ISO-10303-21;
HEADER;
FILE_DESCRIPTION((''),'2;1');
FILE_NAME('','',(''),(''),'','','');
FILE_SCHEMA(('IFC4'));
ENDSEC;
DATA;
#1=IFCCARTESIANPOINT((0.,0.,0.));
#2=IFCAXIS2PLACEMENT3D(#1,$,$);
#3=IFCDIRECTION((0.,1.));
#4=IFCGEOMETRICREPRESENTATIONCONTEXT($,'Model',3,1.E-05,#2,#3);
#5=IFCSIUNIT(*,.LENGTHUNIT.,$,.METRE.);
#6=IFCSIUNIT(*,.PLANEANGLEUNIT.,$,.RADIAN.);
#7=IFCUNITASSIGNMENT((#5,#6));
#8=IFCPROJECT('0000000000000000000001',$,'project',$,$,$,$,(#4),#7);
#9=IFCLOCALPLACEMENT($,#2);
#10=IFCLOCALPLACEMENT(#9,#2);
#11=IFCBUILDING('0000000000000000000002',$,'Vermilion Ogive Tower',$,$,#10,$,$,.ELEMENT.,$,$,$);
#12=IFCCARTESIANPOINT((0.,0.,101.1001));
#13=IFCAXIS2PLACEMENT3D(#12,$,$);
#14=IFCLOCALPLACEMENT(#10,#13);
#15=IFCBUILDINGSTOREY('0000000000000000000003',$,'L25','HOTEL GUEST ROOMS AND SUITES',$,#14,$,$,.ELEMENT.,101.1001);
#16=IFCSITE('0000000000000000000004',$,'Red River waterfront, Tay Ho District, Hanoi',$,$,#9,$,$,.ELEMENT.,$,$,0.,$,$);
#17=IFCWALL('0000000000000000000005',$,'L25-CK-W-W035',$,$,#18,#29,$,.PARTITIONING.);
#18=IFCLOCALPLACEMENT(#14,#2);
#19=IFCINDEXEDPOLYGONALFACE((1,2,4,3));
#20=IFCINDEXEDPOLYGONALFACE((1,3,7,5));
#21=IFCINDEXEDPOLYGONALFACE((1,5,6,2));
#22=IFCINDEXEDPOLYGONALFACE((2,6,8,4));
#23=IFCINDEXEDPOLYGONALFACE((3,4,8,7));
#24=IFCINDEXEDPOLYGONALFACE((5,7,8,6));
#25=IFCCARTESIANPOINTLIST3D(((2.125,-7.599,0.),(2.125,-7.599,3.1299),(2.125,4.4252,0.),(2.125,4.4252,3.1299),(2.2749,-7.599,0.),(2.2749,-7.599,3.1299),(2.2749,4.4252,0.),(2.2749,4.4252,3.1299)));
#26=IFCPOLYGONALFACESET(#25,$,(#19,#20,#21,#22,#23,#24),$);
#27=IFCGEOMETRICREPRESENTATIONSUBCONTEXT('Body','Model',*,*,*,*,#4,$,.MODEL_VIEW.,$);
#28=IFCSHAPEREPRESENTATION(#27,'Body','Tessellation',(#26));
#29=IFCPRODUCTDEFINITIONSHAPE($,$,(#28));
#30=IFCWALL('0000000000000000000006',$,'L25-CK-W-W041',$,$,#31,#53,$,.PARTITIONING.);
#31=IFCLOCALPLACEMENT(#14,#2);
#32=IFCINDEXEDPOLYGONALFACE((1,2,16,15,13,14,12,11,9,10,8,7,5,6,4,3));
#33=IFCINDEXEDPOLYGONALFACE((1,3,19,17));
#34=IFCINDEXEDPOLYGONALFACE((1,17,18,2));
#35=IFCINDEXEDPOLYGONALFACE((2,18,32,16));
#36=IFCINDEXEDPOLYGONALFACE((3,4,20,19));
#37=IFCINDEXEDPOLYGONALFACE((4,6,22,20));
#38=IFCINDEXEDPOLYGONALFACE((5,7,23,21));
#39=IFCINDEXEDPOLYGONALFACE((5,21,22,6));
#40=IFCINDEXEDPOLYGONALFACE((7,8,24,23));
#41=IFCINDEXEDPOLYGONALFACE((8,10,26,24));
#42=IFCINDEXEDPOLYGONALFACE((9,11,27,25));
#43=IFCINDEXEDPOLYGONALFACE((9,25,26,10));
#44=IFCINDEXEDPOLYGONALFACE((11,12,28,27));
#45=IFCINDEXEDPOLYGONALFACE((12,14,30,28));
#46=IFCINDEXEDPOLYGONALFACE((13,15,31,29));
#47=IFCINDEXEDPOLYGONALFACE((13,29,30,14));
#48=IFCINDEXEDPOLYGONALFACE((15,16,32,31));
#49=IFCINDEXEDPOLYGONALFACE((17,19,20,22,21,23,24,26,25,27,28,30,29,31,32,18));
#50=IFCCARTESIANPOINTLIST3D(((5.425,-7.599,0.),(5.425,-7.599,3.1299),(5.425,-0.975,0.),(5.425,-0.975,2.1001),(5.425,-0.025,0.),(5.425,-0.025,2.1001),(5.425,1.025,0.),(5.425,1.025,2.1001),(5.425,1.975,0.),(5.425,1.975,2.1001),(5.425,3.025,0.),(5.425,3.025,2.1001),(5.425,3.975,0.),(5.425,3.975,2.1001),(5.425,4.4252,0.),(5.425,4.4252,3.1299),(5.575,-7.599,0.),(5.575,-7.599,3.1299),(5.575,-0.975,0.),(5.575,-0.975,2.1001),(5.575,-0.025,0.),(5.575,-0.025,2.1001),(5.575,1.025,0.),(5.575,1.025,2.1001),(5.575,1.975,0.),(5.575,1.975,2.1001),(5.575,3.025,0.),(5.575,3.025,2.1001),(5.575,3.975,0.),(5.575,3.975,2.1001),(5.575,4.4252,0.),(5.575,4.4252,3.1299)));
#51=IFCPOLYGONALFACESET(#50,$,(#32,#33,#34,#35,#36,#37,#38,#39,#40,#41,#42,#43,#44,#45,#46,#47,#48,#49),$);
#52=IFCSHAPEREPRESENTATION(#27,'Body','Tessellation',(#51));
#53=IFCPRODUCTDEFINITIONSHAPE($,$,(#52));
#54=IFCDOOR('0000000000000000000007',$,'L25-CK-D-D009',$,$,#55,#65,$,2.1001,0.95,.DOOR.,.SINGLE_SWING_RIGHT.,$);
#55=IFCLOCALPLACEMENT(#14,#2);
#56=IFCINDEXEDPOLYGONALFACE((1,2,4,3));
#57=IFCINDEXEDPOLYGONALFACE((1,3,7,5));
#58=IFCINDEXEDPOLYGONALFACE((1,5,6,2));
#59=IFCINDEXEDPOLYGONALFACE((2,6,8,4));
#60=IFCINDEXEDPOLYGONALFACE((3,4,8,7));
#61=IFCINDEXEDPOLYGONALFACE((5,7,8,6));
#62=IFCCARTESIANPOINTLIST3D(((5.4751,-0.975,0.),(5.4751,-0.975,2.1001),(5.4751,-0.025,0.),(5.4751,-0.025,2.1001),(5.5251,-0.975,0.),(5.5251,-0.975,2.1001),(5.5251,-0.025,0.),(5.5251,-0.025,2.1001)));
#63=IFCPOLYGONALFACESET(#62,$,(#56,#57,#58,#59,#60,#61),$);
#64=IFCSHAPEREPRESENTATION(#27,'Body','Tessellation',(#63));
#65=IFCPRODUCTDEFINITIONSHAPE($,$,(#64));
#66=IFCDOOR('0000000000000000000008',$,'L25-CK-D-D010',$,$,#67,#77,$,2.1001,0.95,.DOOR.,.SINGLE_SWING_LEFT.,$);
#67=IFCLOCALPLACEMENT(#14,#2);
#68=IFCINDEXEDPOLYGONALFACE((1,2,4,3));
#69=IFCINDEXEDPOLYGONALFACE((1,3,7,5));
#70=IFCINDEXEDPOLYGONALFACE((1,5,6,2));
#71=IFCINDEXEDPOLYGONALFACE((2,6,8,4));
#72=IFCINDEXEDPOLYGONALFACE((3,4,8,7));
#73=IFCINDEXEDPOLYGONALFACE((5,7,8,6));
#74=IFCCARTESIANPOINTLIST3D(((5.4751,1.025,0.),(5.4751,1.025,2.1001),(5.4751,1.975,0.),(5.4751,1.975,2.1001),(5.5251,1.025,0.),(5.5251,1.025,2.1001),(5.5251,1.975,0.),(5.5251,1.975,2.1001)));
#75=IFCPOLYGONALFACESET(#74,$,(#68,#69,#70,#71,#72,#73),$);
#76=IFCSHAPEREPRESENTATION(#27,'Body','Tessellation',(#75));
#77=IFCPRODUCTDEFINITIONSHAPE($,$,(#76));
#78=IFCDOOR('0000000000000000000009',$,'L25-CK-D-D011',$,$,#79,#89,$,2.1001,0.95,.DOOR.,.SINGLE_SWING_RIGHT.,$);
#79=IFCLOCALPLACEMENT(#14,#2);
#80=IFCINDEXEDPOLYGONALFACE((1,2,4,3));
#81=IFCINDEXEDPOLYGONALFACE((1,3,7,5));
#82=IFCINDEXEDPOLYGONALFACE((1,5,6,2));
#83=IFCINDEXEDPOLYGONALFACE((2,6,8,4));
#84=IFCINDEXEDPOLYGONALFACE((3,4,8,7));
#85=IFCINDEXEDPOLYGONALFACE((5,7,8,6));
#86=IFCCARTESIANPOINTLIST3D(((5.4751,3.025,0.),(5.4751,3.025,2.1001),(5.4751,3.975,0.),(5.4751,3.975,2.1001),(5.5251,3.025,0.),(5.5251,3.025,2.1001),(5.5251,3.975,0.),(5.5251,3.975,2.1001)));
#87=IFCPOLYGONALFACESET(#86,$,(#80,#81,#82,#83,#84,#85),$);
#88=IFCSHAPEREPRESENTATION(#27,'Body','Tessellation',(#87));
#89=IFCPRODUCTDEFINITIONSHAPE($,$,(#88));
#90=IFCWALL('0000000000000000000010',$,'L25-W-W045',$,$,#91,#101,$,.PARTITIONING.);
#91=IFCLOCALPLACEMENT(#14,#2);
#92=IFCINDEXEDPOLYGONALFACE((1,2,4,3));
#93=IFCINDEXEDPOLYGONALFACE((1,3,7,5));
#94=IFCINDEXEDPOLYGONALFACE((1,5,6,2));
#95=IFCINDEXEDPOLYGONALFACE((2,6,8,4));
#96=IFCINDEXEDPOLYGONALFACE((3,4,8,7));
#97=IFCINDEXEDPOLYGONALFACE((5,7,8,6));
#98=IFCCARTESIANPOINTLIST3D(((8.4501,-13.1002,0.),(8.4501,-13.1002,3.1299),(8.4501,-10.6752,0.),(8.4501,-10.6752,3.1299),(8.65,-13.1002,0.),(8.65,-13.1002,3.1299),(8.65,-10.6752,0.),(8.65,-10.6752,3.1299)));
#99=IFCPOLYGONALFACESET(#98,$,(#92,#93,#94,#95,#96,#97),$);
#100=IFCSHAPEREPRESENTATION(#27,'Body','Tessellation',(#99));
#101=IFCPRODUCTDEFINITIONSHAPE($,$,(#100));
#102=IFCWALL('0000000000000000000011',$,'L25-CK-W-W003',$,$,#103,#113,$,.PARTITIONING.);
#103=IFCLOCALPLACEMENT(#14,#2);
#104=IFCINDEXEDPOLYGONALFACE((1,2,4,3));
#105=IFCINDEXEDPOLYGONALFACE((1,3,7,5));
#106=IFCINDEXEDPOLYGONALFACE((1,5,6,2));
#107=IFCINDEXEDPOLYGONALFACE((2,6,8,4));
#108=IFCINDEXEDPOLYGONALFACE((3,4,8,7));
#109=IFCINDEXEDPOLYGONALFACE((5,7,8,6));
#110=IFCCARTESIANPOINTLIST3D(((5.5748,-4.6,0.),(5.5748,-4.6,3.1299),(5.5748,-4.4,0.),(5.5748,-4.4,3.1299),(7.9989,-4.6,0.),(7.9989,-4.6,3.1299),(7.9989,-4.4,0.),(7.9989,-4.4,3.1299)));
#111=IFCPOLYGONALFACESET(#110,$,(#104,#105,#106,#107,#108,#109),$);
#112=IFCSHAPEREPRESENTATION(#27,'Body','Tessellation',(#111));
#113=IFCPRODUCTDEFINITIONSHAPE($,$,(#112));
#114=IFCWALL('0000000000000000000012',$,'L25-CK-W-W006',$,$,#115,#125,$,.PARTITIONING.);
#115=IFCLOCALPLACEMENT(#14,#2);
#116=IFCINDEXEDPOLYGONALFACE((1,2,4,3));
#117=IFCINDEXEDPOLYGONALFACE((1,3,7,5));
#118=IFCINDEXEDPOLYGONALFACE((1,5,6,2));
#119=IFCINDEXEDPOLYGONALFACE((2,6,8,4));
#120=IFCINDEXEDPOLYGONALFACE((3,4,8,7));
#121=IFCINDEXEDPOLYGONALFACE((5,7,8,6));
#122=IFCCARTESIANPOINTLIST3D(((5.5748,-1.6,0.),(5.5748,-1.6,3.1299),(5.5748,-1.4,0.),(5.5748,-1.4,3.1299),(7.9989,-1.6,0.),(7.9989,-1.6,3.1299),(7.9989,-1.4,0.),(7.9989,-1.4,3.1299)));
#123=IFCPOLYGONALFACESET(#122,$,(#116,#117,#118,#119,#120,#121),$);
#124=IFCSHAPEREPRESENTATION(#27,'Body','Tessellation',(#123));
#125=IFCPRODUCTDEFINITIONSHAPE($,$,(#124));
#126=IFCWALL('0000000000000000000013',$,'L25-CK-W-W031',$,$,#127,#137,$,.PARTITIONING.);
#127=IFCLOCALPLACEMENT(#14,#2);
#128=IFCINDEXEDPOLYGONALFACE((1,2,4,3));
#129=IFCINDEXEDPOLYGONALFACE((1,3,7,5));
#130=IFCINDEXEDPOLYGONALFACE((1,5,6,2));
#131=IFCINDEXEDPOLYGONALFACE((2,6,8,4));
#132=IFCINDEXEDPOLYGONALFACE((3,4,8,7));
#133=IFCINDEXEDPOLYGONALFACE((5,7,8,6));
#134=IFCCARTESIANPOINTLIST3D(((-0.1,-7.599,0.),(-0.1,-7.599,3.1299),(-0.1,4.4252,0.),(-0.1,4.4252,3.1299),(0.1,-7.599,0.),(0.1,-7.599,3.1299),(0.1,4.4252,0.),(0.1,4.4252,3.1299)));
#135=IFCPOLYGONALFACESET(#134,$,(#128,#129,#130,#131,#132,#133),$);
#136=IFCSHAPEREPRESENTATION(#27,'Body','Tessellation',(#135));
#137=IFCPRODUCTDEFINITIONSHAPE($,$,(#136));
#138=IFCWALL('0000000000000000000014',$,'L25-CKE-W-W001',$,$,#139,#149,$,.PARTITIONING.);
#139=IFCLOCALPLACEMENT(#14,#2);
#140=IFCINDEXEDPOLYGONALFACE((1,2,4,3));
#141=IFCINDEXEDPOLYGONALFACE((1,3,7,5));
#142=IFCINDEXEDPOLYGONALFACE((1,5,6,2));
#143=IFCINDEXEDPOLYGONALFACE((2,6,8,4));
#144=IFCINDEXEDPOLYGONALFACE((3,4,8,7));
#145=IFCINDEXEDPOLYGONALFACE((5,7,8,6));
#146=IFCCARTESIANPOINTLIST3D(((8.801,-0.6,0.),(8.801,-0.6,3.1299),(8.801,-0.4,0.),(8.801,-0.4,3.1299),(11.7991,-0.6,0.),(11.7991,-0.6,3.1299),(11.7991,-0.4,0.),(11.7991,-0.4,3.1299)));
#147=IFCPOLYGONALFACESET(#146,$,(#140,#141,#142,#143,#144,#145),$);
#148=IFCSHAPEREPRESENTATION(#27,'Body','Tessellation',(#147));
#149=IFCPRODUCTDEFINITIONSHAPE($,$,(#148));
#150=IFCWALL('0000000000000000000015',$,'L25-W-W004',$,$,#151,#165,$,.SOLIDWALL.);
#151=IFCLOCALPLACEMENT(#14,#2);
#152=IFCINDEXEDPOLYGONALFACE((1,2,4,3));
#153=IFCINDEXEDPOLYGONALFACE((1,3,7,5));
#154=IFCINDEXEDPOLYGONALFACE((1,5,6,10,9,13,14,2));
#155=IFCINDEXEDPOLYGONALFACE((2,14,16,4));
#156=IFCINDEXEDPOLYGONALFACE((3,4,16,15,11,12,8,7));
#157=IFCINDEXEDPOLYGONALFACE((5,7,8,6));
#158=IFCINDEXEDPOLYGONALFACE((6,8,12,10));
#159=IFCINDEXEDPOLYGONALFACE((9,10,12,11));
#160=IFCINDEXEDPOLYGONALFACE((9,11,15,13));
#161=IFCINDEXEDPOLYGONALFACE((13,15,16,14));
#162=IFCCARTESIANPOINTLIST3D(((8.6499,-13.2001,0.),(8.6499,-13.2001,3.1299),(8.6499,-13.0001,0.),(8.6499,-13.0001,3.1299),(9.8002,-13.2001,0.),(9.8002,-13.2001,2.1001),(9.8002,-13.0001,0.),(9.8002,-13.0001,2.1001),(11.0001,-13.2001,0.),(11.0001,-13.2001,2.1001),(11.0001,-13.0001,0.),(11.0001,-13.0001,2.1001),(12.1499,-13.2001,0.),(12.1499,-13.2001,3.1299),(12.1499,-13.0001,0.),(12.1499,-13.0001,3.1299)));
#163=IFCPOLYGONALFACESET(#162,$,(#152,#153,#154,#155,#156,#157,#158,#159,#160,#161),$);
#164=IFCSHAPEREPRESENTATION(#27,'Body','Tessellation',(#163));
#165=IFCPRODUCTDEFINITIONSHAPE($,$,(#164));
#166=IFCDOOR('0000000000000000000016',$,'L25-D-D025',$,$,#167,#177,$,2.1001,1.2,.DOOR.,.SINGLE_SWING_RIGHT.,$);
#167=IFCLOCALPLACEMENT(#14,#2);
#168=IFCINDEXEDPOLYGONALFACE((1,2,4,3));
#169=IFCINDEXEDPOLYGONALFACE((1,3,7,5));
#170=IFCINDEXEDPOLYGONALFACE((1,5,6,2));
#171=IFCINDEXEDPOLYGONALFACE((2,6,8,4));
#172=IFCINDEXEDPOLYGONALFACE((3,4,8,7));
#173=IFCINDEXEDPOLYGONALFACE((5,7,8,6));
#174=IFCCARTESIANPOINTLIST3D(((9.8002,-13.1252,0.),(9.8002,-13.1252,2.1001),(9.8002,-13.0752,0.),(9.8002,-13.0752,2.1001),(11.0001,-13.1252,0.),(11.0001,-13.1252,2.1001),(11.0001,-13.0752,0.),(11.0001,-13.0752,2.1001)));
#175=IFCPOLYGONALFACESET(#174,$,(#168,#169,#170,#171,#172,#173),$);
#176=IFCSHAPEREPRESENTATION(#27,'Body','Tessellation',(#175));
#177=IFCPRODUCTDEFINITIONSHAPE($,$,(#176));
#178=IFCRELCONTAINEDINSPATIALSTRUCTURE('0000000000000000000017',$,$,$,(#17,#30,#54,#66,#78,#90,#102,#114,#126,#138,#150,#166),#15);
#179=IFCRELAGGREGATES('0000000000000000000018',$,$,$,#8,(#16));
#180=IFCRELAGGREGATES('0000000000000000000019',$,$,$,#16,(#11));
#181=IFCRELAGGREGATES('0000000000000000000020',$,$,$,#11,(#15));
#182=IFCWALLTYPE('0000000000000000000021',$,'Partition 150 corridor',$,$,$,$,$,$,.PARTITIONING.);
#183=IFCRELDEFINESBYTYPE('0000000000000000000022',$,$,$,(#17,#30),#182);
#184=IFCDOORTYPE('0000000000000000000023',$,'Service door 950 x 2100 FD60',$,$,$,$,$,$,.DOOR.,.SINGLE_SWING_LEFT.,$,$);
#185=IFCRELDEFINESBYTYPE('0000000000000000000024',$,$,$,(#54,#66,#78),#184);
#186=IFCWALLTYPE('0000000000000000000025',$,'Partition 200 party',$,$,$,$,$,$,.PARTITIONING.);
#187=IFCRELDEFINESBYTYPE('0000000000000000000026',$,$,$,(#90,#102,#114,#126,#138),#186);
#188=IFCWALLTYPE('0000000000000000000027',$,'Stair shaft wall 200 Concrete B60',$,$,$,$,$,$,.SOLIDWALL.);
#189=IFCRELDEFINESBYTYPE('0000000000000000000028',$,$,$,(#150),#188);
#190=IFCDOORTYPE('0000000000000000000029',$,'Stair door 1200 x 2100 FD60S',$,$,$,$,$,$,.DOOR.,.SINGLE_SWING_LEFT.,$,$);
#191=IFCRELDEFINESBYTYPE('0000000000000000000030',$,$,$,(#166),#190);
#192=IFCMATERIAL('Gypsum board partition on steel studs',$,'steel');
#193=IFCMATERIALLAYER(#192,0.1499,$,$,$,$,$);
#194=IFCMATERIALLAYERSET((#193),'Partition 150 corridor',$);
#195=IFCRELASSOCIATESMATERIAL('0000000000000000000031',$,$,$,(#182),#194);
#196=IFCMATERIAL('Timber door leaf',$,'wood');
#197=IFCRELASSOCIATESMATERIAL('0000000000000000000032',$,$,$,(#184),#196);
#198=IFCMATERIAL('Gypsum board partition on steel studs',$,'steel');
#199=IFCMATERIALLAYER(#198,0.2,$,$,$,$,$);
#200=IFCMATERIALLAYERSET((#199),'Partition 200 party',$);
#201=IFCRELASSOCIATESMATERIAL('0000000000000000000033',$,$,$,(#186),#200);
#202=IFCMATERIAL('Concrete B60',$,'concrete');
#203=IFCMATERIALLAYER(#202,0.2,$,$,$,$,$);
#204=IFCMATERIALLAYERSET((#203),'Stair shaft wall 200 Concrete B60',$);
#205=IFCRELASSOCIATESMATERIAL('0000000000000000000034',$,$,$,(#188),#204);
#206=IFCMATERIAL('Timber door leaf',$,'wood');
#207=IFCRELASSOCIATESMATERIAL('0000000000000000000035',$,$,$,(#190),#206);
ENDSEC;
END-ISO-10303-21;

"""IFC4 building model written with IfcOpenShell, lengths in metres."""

from ifc_helpers import new_model, si_unit, direction, frame, frame_2d, origin, place, context, subcontext, project, spatial, rectangle, extrude, material, layer, layer_set, type_object, element, fill, save


model = new_model("IFC4")

# Units and contexts
model_context = context("Model", 3, precision=1e-05, world=origin(), true_north=direction((0.0, 1.0)))
body_context = subcontext(model_context, "Body", "Model", "MODEL_VIEW")
ifc_project = project(units=[si_unit("LENGTHUNIT", "METRE"), si_unit("PLANEANGLEUNIT", "RADIAN")], contexts=[model_context])

# Site, building, storey
site_placement = place(None, origin())
site = spatial("IfcSite", under=ifc_project, at=site_placement, Name="Red River waterfront, Tay Ho District, Hanoi", CompositionType="ELEMENT", RefElevation=0.0)
building_placement = place(site_placement, origin())
building = spatial("IfcBuilding", under=site, at=building_placement, Name="Vermilion Ogive Tower", CompositionType="ELEMENT")
storey_placement = place(building_placement, frame((0.0, 0.0, 101.1001)))
storey = spatial("IfcBuildingStorey", under=building, at=storey_placement, Name="L25", Description="HOTEL GUEST ROOMS AND SUITES", CompositionType="ELEMENT", Elevation=101.1001)

# Shared definitions
ifc_material_1 = material(Name="Gypsum board partition on steel studs", Category="steel")
ifc_layer_1 = layer(ifc_material_1, 0.1499)
ifc_layer_set_1 = layer_set([ifc_layer_1], Name="Partition 150 corridor")
wall_type_1 = type_object("IfcWallType", Name="Partition 150 corridor", PredefinedType="PARTITIONING", material=ifc_layer_set_1)

# Wall
wall_1_placement = place(storey_placement, frame((2.2, -7.5991, 0.0), z_axis=(0.0, 0.0, 1.0), x_axis=(0.0, 1.0, 0.0)))
element("IfcWall", 1, at=wall_1_placement, inside=storey, type_object=wall_type_1, Name="L25-CK-W-W035", PredefinedType="PARTITIONING", context=body_context, shape_type="SweptSolid", body=[
    extrude(rectangle(XDim=12.0242, YDim=0.1499, at=frame_2d((6.0122, 0.0))), origin(), (0.0, 0.0, 1.0), 3.1299),
])

# Wall, openings, doors
wall_2_placement = place(storey_placement, frame((5.5, -7.5991, 0.0), z_axis=(0.0, 0.0, 1.0), x_axis=(0.0, 1.0, 0.0)))
wall_2 = element("IfcWall", 2, at=wall_2_placement, inside=storey, type_object=wall_type_1, Name="L25-CK-W-W041", PredefinedType="PARTITIONING", context=body_context, shape_type="SweptSolid", body=[
    extrude(rectangle(XDim=12.0242, YDim=0.1499, at=frame_2d((6.0122, 0.0))), origin(), (0.0, 0.0, 1.0), 3.1299),
])
opening_1_placement = place(wall_2_placement, frame((6.624, 0.0, 0.0)))
opening_1 = element("IfcOpeningElement", 3, at=opening_1_placement, cuts=wall_2, PredefinedType="OPENING", context=body_context, shape_type="SweptSolid", body=[
    extrude(rectangle(XDim=0.95, YDim=2.1001, at=frame_2d((0.4751, 1.05))), frame((0.0, 0.085, 0.0), z_axis=(0.0, -1.0, 0.0), x_axis=(1.0, 0.0, 0.0)), (0.0, 0.0, 1.0), 0.1699),
])
opening_2_placement = place(wall_2_placement, frame((8.624, 0.0, 0.0)))
opening_2 = element("IfcOpeningElement", 4, at=opening_2_placement, cuts=wall_2, PredefinedType="OPENING", context=body_context, shape_type="SweptSolid", body=[
    extrude(rectangle(XDim=0.95, YDim=2.1001, at=frame_2d((0.4751, 1.05))), frame((0.0, 0.085, 0.0), z_axis=(0.0, -1.0, 0.0), x_axis=(1.0, 0.0, 0.0)), (0.0, 0.0, 1.0), 0.1699),
])
opening_3_placement = place(wall_2_placement, frame((10.624, 0.0, 0.0)))
opening_3 = element("IfcOpeningElement", 5, at=opening_3_placement, cuts=wall_2, PredefinedType="OPENING", context=body_context, shape_type="SweptSolid", body=[
    extrude(rectangle(XDim=0.95, YDim=2.1001, at=frame_2d((0.4751, 1.05))), frame((0.0, 0.085, 0.0), z_axis=(0.0, -1.0, 0.0), x_axis=(1.0, 0.0, 0.0)), (0.0, 0.0, 1.0), 0.1699),
])
ifc_material_2 = material(Name="Timber door leaf", Category="wood")
door_type_1 = type_object("IfcDoorType", Name="Service door 950 x 2100 FD60", OperationType="SINGLE_SWING_LEFT", PredefinedType="DOOR", material=ifc_material_2)
door_1_placement = place(opening_1_placement, origin())
door_1 = element("IfcDoor", 6, at=door_1_placement, inside=storey, type_object=door_type_1, Name="L25-CK-D-D009", OperationType="SINGLE_SWING_RIGHT", OverallHeight=2.1001, OverallWidth=0.95, PredefinedType="DOOR", context=body_context, shape_type="SweptSolid", body=[
    extrude(rectangle(XDim=0.95, YDim=2.1001, at=frame_2d((0.4751, 1.05))), frame((0.0, 0.0249, 0.0), z_axis=(0.0, -1.0, 0.0), x_axis=(1.0, 0.0, 0.0)), (0.0, 0.0, 1.0), 0.05),
])
fill(opening_1, door_1)
door_2_placement = place(opening_2_placement, origin())
door_2 = element("IfcDoor", 7, at=door_2_placement, inside=storey, type_object=door_type_1, Name="L25-CK-D-D010", OperationType="SINGLE_SWING_LEFT", OverallHeight=2.1001, OverallWidth=0.95, PredefinedType="DOOR", context=body_context, shape_type="SweptSolid", body=[
    extrude(rectangle(XDim=0.95, YDim=2.1001, at=frame_2d((0.4751, 1.05))), frame((0.0, 0.0249, 0.0), z_axis=(0.0, -1.0, 0.0), x_axis=(1.0, 0.0, 0.0)), (0.0, 0.0, 1.0), 0.05),
])
fill(opening_2, door_2)
door_3_placement = place(opening_3_placement, origin())
door_3 = element("IfcDoor", 8, at=door_3_placement, inside=storey, type_object=door_type_1, Name="L25-CK-D-D011", OperationType="SINGLE_SWING_RIGHT", OverallHeight=2.1001, OverallWidth=0.95, PredefinedType="DOOR", context=body_context, shape_type="SweptSolid", body=[
    extrude(rectangle(XDim=0.95, YDim=2.1001, at=frame_2d((0.4751, 1.05))), frame((0.0, 0.0249, 0.0), z_axis=(0.0, -1.0, 0.0), x_axis=(1.0, 0.0, 0.0)), (0.0, 0.0, 1.0), 0.05),
])
fill(opening_3, door_3)

# Walls
ifc_material_3 = material(Name="Gypsum board partition on steel studs", Category="steel")
ifc_layer_2 = layer(ifc_material_3, 0.2)
ifc_layer_set_2 = layer_set([ifc_layer_2], Name="Partition 200 party")
wall_type_2 = type_object("IfcWallType", Name="Partition 200 party", PredefinedType="PARTITIONING", material=ifc_layer_set_2)
wall_3_placement = place(storey_placement, frame((8.55, -13.1001, 0.0), z_axis=(0.0, 0.0, 1.0), x_axis=(0.0, 1.0, 0.0)))
element("IfcWall", 9, at=wall_3_placement, inside=storey, type_object=wall_type_2, Name="L25-W-W045", PredefinedType="PARTITIONING", context=body_context, shape_type="SweptSolid", body=[
    extrude(rectangle(XDim=2.425, YDim=0.2, at=frame_2d((1.2124, 0.0))), origin(), (0.0, 0.0, 1.0), 3.1299),
])
for number, where, z_axis, x_axis, name in (
    (10, (5.575, -4.5, 0.0), (0.0, 0.0, 1.0), (1.0, 0.0, 0.0), "L25-CK-W-W003"),
    (11, (5.575, -1.5, 0.0), (0.0, 0.0, 1.0), (1.0, 0.0, 0.0), "L25-CK-W-W006"),
):
    element("IfcWall", number, at=place(storey_placement, frame(where, z_axis=z_axis, x_axis=x_axis)), inside=storey, type_object=wall_type_2, Name=name, PredefinedType="PARTITIONING", context=body_context, shape_type="SweptSolid", body=[
        extrude(rectangle(XDim=2.4241, YDim=0.2, at=frame_2d((1.2119, 0.0))), origin(), (0.0, 0.0, 1.0), 3.1299),
    ])
wall_4_placement = place(storey_placement, frame((0.0, -7.5991, 0.0), z_axis=(0.0, 0.0, 1.0), x_axis=(0.0, 1.0, 0.0)))
element("IfcWall", 12, at=wall_4_placement, inside=storey, type_object=wall_type_2, Name="L25-CK-W-W031", PredefinedType="PARTITIONING", context=body_context, shape_type="SweptSolid", body=[
    extrude(rectangle(XDim=12.0242, YDim=0.2, at=frame_2d((6.0122, 0.0))), origin(), (0.0, 0.0, 1.0), 3.1299),
])
wall_5_placement = place(storey_placement, frame((8.801, -0.5, 0.0), z_axis=(0.0, 0.0, 1.0), x_axis=(1.0, 0.0, 0.0)))
element("IfcWall", 13, at=wall_5_placement, inside=storey, type_object=wall_type_2, Name="L25-CKE-W-W001", PredefinedType="PARTITIONING", context=body_context, shape_type="SweptSolid", body=[
    extrude(rectangle(XDim=2.998, YDim=0.2, at=frame_2d((1.499, 0.0))), origin(), (0.0, 0.0, 1.0), 3.1299),
])

# Wall, opening, door
ifc_material_4 = material(Name="Concrete B60", Category="concrete")
ifc_layer_3 = layer(ifc_material_4, 0.2)
ifc_layer_set_3 = layer_set([ifc_layer_3], Name="Stair shaft wall 200 Concrete B60")
wall_type_3 = type_object("IfcWallType", Name="Stair shaft wall 200 Concrete B60", PredefinedType="SOLIDWALL", material=ifc_layer_set_3)
wall_6_placement = place(storey_placement, frame((8.6499, -13.1001, 0.0), z_axis=(0.0, 0.0, 1.0), x_axis=(1.0, 0.0, 0.0)))
wall_6 = element("IfcWall", 14, at=wall_6_placement, inside=storey, type_object=wall_type_3, Name="L25-W-W004", PredefinedType="SOLIDWALL", context=body_context, shape_type="SweptSolid", body=[
    extrude(rectangle(XDim=3.5, YDim=0.2, at=frame_2d((1.75, 0.0))), origin(), (0.0, 0.0, 1.0), 3.1299),
])
opening_4_placement = place(wall_6_placement, frame((1.1501, 0.0, 0.0)))
opening_4 = element("IfcOpeningElement", 15, at=opening_4_placement, cuts=wall_6, PredefinedType="OPENING", context=body_context, shape_type="SweptSolid", body=[
    extrude(rectangle(XDim=1.2, YDim=2.1001, at=frame_2d((0.6001, 1.05))), frame((0.0, 0.1099, 0.0), z_axis=(0.0, -1.0, 0.0), x_axis=(1.0, 0.0, 0.0)), (0.0, 0.0, 1.0), 0.22),
])
ifc_material_5 = material(Name="Timber door leaf", Category="wood")
door_type_2 = type_object("IfcDoorType", Name="Stair door 1200 x 2100 FD60S", OperationType="SINGLE_SWING_LEFT", PredefinedType="DOOR", material=ifc_material_5)
door_4_placement = place(opening_4_placement, origin())
door_4 = element("IfcDoor", 16, at=door_4_placement, inside=storey, type_object=door_type_2, Name="L25-D-D025", OperationType="SINGLE_SWING_RIGHT", OverallHeight=2.1001, OverallWidth=1.2, PredefinedType="DOOR", context=body_context, shape_type="SweptSolid", body=[
    extrude(rectangle(XDim=1.2, YDim=2.1001, at=frame_2d((0.6001, 1.05))), frame((0.0, 0.0249, 0.0), z_axis=(0.0, -1.0, 0.0), x_axis=(1.0, 0.0, 0.0)), (0.0, 0.0, 1.0), 0.05),
])
fill(opening_4, door_4)

save(model, "model.ifc")
